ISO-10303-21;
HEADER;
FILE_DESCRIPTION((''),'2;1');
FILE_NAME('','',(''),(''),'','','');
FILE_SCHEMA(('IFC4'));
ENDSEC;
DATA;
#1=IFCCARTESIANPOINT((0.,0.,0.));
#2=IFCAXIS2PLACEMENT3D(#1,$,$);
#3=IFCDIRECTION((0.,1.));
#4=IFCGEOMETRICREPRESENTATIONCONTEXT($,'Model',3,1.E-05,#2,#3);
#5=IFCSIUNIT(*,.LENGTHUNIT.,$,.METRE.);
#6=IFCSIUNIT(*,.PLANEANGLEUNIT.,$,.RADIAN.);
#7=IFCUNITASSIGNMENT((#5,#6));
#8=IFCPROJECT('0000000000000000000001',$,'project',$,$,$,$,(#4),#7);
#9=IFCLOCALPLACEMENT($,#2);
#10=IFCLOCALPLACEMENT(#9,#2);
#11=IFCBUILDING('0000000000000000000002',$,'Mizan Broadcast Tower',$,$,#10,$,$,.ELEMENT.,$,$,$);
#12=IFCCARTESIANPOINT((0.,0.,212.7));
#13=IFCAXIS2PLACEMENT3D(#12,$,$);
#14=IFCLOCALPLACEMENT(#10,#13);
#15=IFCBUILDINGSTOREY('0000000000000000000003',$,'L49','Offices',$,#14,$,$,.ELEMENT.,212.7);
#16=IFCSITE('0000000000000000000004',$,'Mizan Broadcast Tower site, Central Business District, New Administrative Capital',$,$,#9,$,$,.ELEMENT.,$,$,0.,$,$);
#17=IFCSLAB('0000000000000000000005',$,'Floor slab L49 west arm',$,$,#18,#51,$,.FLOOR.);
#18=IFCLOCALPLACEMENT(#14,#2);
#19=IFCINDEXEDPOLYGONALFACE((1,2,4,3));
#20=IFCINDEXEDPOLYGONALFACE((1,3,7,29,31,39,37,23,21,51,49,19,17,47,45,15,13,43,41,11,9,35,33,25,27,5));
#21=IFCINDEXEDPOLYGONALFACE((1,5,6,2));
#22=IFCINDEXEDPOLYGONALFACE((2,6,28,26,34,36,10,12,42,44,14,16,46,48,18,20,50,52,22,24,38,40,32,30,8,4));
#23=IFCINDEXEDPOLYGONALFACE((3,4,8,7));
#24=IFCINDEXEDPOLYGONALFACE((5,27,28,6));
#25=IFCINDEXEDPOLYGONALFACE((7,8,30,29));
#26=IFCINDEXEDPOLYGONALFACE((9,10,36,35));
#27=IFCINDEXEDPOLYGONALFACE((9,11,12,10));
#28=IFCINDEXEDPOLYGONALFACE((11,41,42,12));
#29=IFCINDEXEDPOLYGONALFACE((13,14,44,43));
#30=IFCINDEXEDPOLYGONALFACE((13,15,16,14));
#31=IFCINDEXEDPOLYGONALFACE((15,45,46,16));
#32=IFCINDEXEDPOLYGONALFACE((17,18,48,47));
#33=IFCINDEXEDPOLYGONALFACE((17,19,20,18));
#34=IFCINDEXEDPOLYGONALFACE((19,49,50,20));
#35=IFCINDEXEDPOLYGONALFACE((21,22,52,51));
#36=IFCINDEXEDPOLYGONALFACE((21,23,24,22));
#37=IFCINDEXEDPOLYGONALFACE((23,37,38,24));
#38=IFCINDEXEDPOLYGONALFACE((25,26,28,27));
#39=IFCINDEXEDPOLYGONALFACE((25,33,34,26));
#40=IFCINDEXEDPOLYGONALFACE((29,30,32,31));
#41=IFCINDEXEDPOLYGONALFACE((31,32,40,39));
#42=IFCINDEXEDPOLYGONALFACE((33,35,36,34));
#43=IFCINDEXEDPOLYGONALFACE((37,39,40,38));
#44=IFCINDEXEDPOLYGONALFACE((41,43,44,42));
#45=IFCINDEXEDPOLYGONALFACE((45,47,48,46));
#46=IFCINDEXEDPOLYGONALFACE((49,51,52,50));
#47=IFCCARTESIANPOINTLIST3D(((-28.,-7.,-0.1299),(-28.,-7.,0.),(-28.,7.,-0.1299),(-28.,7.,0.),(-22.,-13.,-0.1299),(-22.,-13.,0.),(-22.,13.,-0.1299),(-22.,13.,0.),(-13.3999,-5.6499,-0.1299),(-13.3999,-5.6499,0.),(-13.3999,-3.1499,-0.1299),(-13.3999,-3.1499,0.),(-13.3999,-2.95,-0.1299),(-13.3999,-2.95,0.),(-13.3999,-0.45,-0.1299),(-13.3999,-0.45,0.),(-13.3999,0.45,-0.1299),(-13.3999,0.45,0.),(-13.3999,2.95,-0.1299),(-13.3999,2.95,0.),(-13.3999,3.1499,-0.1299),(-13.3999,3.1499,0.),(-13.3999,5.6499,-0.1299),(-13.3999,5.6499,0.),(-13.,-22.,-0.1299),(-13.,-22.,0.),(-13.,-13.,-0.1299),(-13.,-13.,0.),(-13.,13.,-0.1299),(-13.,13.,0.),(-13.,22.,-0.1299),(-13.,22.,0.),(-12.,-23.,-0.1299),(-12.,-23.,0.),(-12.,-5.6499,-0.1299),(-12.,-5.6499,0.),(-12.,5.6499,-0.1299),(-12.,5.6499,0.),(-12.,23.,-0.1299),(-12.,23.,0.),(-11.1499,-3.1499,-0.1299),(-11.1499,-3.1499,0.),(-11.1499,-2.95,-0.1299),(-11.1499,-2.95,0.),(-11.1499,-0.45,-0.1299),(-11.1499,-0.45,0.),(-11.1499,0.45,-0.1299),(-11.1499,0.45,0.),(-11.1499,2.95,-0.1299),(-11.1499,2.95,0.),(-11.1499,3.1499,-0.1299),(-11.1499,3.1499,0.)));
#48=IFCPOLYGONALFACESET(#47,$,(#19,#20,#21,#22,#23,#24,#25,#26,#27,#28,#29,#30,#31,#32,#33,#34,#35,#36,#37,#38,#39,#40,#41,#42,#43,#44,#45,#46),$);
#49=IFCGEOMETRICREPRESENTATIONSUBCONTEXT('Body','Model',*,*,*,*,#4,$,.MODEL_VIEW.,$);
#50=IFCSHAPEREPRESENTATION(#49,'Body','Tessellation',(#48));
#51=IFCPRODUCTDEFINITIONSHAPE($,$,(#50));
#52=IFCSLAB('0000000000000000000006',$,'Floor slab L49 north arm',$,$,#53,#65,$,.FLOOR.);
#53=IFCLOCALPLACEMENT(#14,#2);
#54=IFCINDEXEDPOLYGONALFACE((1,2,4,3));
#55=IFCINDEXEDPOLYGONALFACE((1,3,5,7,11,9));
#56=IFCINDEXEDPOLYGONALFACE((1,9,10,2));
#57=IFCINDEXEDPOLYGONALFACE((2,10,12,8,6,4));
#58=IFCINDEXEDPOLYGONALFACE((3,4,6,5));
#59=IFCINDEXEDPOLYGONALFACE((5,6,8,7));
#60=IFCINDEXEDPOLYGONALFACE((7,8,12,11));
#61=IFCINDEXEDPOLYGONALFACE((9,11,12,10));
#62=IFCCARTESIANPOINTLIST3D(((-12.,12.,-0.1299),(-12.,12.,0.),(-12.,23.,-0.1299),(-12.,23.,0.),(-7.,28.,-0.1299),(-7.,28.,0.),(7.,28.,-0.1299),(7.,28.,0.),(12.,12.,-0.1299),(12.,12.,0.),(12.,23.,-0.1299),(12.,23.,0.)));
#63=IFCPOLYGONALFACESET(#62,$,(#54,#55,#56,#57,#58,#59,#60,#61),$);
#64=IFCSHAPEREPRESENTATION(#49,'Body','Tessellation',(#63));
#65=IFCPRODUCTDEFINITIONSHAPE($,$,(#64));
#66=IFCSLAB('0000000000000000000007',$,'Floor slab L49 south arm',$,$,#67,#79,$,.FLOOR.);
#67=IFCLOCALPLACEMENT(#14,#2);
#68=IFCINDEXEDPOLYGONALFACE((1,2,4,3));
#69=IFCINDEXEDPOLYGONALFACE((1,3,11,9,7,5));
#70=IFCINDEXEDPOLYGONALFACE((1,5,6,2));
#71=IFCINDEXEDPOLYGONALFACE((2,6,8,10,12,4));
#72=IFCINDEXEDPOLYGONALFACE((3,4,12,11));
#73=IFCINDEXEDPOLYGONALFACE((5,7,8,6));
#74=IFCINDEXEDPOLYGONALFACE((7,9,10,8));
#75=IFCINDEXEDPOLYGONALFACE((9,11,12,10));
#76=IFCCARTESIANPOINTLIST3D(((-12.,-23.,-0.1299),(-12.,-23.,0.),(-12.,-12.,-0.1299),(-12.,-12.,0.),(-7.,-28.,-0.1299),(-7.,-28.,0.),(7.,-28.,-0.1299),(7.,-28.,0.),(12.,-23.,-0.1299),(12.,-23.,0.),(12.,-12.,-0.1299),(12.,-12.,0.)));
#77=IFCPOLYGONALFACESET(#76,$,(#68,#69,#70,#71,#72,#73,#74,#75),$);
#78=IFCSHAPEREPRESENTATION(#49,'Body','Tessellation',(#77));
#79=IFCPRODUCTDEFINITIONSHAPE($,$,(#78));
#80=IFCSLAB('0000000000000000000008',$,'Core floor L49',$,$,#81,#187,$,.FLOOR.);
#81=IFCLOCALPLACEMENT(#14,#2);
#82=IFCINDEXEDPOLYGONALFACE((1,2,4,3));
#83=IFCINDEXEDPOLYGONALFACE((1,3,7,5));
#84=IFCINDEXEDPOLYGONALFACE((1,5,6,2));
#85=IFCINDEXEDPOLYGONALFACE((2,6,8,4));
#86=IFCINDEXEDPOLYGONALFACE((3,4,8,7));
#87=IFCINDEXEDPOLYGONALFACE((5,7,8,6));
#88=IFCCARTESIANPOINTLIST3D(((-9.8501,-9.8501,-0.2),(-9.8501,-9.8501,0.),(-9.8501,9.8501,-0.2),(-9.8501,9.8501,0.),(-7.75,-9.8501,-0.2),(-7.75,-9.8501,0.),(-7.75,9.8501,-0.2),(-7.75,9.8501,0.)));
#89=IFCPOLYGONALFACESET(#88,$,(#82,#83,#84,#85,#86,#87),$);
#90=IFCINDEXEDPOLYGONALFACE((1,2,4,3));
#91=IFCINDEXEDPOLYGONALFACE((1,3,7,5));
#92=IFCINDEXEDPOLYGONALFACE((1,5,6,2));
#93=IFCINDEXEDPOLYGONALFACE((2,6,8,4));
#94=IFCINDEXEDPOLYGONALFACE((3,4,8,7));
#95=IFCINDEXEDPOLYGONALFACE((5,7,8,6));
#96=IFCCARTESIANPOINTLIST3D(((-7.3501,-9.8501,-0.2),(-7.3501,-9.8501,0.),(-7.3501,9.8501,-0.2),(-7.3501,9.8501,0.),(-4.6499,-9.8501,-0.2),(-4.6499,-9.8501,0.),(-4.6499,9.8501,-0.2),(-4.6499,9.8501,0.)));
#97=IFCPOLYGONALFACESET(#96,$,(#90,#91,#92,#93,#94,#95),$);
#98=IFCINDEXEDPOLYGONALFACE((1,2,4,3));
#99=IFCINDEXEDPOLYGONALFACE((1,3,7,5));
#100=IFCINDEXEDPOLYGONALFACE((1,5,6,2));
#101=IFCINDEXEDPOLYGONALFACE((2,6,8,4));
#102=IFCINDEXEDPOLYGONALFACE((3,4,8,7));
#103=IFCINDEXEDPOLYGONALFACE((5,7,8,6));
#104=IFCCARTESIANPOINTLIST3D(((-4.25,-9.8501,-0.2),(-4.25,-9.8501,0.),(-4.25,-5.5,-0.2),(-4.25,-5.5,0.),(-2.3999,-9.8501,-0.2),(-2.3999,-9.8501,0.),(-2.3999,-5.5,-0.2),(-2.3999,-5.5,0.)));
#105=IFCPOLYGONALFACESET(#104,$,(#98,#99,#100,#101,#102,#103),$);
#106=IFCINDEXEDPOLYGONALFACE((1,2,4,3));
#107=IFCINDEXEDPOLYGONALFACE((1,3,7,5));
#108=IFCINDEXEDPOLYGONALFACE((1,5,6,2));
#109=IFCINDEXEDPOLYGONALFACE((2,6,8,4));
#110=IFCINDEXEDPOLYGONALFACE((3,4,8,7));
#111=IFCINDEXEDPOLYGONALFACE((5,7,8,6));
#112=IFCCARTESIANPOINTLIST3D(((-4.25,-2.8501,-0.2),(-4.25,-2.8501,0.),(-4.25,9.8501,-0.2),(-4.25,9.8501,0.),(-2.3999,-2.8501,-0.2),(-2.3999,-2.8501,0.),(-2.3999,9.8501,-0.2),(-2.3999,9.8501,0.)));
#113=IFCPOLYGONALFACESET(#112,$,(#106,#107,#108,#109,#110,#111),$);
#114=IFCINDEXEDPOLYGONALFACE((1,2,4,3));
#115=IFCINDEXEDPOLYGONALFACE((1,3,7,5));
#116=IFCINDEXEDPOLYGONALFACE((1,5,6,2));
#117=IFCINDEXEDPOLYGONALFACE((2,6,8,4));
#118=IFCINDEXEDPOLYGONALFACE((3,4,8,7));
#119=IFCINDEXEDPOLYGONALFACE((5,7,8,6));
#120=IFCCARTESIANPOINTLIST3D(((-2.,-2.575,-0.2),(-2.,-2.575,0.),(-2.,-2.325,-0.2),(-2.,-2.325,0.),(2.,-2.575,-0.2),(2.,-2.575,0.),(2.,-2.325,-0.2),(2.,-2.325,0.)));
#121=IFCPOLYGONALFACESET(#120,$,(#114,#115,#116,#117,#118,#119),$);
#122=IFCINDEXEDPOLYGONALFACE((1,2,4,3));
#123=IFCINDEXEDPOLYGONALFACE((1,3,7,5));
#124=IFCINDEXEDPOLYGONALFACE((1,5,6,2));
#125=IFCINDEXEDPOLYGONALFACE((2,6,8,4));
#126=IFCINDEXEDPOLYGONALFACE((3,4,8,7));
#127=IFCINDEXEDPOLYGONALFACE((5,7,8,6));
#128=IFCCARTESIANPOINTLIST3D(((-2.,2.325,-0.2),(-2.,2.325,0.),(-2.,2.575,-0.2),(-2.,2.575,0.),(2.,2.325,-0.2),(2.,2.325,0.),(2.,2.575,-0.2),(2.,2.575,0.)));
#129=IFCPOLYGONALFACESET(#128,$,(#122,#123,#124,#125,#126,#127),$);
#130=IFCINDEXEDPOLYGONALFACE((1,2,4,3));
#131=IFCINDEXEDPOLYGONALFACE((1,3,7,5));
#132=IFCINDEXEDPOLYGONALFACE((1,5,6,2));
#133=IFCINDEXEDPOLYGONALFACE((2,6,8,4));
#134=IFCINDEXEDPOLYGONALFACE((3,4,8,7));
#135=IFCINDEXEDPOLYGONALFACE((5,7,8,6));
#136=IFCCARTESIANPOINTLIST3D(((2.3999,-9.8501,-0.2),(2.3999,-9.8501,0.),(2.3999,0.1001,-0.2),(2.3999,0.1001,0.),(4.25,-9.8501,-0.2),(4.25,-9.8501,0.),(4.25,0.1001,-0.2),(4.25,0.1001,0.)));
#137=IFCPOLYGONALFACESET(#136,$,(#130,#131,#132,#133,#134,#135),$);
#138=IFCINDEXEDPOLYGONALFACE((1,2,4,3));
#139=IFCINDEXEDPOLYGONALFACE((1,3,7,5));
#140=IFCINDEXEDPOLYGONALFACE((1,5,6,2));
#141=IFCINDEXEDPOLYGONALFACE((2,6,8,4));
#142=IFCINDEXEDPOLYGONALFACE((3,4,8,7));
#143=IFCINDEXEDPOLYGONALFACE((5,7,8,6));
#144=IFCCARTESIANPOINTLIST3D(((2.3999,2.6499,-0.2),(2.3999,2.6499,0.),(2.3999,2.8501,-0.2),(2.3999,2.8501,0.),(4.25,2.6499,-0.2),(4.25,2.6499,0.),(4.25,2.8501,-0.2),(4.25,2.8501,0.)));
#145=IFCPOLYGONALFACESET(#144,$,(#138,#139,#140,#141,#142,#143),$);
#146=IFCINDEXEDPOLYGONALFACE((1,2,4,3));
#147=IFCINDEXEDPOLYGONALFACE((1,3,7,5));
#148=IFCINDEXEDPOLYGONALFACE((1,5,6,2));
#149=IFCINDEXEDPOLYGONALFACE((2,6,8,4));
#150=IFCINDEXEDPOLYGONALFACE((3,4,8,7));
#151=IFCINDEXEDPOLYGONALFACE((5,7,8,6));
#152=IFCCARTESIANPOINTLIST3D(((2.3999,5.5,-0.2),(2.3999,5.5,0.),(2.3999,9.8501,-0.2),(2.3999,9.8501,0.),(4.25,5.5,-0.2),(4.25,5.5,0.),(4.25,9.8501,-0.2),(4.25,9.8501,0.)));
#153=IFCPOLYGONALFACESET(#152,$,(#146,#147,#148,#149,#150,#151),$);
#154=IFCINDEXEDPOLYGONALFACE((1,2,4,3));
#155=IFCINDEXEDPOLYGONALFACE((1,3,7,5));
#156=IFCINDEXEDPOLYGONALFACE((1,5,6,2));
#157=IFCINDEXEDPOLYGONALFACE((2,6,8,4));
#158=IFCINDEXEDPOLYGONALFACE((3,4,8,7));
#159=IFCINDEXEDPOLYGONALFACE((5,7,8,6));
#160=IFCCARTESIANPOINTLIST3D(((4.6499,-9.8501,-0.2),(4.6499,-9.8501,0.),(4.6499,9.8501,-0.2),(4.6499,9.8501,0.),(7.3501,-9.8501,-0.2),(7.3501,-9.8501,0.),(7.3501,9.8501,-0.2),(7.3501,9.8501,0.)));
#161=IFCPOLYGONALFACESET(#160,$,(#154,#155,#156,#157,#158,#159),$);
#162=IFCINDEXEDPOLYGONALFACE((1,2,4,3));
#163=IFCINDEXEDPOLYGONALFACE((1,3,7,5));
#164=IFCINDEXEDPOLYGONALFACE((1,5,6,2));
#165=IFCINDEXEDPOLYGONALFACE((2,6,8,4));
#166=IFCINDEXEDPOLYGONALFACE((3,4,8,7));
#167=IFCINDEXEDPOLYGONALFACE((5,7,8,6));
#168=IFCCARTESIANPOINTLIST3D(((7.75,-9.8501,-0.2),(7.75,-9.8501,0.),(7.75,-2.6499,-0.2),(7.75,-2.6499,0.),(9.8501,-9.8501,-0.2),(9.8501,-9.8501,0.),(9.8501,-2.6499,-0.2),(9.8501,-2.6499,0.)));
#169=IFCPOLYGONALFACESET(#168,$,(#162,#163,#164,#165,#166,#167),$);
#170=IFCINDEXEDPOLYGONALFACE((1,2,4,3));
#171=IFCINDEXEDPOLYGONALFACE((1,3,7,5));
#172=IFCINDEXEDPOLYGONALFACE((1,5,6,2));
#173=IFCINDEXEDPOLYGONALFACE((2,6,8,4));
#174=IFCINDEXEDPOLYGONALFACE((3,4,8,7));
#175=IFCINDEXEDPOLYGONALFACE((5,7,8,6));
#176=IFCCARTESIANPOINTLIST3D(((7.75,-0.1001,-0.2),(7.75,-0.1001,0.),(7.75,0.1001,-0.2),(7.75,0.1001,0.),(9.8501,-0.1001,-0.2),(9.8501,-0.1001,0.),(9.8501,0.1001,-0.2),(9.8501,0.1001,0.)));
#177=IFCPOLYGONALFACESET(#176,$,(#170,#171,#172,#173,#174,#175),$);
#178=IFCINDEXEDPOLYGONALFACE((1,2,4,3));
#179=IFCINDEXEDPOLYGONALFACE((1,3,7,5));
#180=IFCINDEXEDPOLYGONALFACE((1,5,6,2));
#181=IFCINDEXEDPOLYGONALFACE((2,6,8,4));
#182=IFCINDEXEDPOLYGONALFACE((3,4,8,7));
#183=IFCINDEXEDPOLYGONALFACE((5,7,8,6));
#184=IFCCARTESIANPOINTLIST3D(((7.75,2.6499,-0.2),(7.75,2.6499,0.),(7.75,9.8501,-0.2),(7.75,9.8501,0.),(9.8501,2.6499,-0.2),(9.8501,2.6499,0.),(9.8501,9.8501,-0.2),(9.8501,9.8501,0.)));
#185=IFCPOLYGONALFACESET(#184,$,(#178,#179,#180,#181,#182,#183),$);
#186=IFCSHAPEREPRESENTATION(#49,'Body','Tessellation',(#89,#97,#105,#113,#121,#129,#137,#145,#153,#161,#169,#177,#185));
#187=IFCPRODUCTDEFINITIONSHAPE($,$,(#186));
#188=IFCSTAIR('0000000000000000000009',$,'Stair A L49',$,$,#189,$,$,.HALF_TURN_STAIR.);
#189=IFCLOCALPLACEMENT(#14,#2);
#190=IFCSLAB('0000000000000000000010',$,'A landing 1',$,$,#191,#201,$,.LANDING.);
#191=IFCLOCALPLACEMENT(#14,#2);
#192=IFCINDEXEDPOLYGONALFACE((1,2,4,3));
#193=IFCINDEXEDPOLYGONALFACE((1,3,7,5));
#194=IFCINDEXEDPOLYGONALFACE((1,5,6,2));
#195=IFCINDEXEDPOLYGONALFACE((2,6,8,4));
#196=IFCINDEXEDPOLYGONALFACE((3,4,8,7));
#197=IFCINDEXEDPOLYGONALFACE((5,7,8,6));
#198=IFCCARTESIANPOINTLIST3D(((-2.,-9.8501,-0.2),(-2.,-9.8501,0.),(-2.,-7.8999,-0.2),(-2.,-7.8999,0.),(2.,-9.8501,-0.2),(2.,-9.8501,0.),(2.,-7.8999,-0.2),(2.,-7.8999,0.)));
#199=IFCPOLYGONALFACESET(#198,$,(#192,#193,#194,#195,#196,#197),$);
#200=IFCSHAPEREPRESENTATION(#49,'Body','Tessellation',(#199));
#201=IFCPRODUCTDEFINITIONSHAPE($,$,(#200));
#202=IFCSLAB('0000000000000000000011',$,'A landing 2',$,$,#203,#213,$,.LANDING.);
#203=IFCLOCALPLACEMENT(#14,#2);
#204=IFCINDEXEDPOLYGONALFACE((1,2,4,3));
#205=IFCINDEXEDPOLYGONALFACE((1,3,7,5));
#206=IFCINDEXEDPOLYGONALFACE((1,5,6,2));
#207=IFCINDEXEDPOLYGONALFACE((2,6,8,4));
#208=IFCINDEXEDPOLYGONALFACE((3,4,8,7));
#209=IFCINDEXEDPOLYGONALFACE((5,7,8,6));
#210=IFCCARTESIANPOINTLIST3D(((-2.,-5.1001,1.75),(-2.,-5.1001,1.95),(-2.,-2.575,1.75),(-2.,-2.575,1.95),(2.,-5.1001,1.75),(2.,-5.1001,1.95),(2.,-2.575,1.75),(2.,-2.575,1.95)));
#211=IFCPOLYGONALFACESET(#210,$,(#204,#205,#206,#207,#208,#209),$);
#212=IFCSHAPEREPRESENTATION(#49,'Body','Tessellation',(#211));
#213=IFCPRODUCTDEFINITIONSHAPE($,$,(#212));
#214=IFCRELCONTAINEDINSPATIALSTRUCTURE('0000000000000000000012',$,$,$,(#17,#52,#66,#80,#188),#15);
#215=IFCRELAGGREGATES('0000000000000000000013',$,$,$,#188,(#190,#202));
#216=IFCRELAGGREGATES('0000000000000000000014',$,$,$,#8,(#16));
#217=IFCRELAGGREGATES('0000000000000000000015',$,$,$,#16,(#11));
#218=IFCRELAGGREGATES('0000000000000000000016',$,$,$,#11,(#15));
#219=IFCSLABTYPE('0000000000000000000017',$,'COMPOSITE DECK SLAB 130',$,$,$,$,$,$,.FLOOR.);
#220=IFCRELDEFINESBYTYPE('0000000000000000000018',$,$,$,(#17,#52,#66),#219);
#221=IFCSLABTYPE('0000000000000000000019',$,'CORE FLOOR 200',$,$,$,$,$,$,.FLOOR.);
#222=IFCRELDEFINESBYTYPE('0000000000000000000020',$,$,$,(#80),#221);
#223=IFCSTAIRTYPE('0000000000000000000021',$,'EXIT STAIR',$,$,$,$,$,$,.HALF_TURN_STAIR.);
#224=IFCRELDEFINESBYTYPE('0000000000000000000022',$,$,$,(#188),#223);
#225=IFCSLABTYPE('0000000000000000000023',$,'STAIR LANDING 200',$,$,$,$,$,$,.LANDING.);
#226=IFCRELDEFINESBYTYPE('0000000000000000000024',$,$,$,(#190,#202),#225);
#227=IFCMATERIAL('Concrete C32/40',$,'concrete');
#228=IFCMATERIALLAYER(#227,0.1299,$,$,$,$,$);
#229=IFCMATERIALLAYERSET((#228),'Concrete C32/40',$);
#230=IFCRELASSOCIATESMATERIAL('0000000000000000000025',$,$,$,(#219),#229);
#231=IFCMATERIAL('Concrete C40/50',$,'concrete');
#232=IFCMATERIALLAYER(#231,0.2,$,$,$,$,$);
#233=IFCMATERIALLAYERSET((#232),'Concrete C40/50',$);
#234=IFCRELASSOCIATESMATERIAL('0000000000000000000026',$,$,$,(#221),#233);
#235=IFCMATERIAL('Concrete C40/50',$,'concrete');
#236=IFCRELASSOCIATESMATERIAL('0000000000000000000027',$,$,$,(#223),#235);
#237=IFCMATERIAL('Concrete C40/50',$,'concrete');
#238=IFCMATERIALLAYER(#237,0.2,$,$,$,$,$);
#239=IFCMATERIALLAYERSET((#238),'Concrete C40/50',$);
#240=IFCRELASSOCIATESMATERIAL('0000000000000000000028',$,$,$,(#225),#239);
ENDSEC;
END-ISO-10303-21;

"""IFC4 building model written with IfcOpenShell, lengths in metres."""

from ifc_helpers import new_model, si_unit, direction, frame, origin, place, context, subcontext, project, spatial, polyline, outline, extrude, material, layer, layer_set, type_object, element, aggregate, save


model = new_model("IFC4")

# Units and contexts
model_context = context("Model", 3, precision=1e-05, world=origin(), true_north=direction((0.0, 1.0)))
body_context = subcontext(model_context, "Body", "Model", "MODEL_VIEW")
ifc_project = project(units=[si_unit("LENGTHUNIT", "METRE"), si_unit("PLANEANGLEUNIT", "RADIAN")], contexts=[model_context])

# Site, building, storey
site_placement = place(None, origin())
site = spatial("IfcSite", under=ifc_project, at=site_placement, Name="Mizan Broadcast Tower site, Central Business District, New Administrative Capital", CompositionType="ELEMENT", RefElevation=0.0)
building_placement = place(site_placement, origin())
building = spatial("IfcBuilding", under=site, at=building_placement, Name="Mizan Broadcast Tower", CompositionType="ELEMENT")
storey_placement = place(building_placement, frame((0.0, 0.0, 212.7)))
storey = spatial("IfcBuildingStorey", under=building, at=storey_placement, Name="L49", Description="Offices", CompositionType="ELEMENT", Elevation=212.7)

# Slabs
ifc_material_1 = material(Name="Concrete C32/40", Category="concrete")
ifc_layer_1 = layer(ifc_material_1, 0.1299)
ifc_layer_set_1 = layer_set([ifc_layer_1], Name="Concrete C32/40")
slab_type_1 = type_object("IfcSlabType", Name="COMPOSITE DECK SLAB 130", PredefinedType="FLOOR", material=ifc_layer_set_1)
slab_1_placement = place(storey_placement, frame((0.0, 0.0, -0.1299)))
element("IfcSlab", 1, at=slab_1_placement, inside=storey, type_object=slab_type_1, Name="Floor slab L49 west arm", PredefinedType="FLOOR", context=body_context, shape_type="SweptSolid", body=[
    extrude(outline(polyline([(-22.0, 13.0), (-28.0, 7.0), (-28.0, -7.0), (-22.0, -13.0), (-13.0, -13.0), (-13.0, -22.0), (-12.0, -23.0), (-12.0, -5.6499), (-13.3999, -5.6499), (-13.3999, -3.1499), (-11.1499, -3.1499), (-11.1499, -2.95), (-13.3999, -2.95), (-13.3999, -0.45), (-11.1499, -0.45), (-11.1499, 0.45), (-13.3999, 0.45), (-13.3999, 2.95), (-11.1499, 2.95), (-11.1499, 3.1499), (-13.3999, 3.1499), (-13.3999, 5.6499), (-12.0, 5.6499), (-12.0, 23.0), (-13.0, 22.0), (-13.0, 13.0), (-22.0, 13.0)])), origin(), (0.0, 0.0, 1.0), 0.1299),
])
slab_2_placement = place(storey_placement, frame((0.0, 0.0, -0.1299)))
element("IfcSlab", 2, at=slab_2_placement, inside=storey, type_object=slab_type_1, Name="Floor slab L49 north arm", PredefinedType="FLOOR", context=body_context, shape_type="SweptSolid", body=[
    extrude(outline(polyline([(-7.0, 28.0), (-12.0, 23.0), (-12.0, 12.0), (12.0, 12.0), (12.0, 23.0), (7.0, 28.0), (-7.0, 28.0)])), origin(), (0.0, 0.0, 1.0), 0.1299),
])
slab_3_placement = place(storey_placement, frame((0.0, 0.0, -0.1299)))
element("IfcSlab", 3, at=slab_3_placement, inside=storey, type_object=slab_type_1, Name="Floor slab L49 south arm", PredefinedType="FLOOR", context=body_context, shape_type="SweptSolid", body=[
    extrude(outline(polyline([(7.0, -28.0), (12.0, -23.0), (12.0, -12.0), (-12.0, -12.0), (-12.0, -23.0), (-7.0, -28.0), (7.0, -28.0)])), origin(), (0.0, 0.0, 1.0), 0.1299),
])
ifc_material_2 = material(Name="Concrete C40/50", Category="concrete")
ifc_layer_2 = layer(ifc_material_2, 0.2)
ifc_layer_set_2 = layer_set([ifc_layer_2], Name="Concrete C40/50")
slab_type_2 = type_object("IfcSlabType", Name="CORE FLOOR 200", PredefinedType="FLOOR", material=ifc_layer_set_2)
slab_4_placement = place(storey_placement, frame((0.0, 0.0, -0.2)))
element("IfcSlab", 4, at=slab_4_placement, inside=storey, type_object=slab_type_2, Name="Core floor L49", PredefinedType="FLOOR", context=body_context, shape_type="SweptSolid", body=[
    extrude(outline(polyline([(-9.8501, -9.8501), (-7.75, -9.8501), (-7.75, 9.8501), (-9.8501, 9.8501), (-9.8501, -9.8501)])), origin(), (0.0, 0.0, 1.0), 0.2),
    extrude(outline(polyline([(-4.6499, 9.8501), (-7.3501, 9.8501), (-7.3501, -9.8501), (-4.6499, -9.8501), (-4.6499, 9.8501)])), origin(), (0.0, 0.0, 1.0), 0.2),
    extrude(outline(polyline([(-4.25, -5.5), (-4.25, -9.8501), (-2.3999, -9.8501), (-2.3999, -5.5), (-4.25, -5.5)])), origin(), (0.0, 0.0, 1.0), 0.2),
    extrude(outline(polyline([(-4.25, -2.8501), (-2.3999, -2.8501), (-2.3999, 9.8501), (-4.25, 9.8501), (-4.25, -2.8501)])), origin(), (0.0, 0.0, 1.0), 0.2),
    extrude(outline(polyline([(2.0, -2.325), (-2.0, -2.325), (-2.0, -2.575), (2.0, -2.575), (2.0, -2.325)])), origin(), (0.0, 0.0, 1.0), 0.2),
    extrude(outline(polyline([(2.0, 2.575), (-2.0, 2.575), (-2.0, 2.325), (2.0, 2.325), (2.0, 2.575)])), origin(), (0.0, 0.0, 1.0), 0.2),
    extrude(outline(polyline([(4.25, -9.8501), (4.25, 0.1001), (2.3999, 0.1001), (2.3999, -9.8501), (4.25, -9.8501)])), origin(), (0.0, 0.0, 1.0), 0.2),
    extrude(outline(polyline([(4.25, 2.6499), (4.25, 2.8501), (2.3999, 2.8501), (2.3999, 2.6499), (4.25, 2.6499)])), origin(), (0.0, 0.0, 1.0), 0.2),
    extrude(outline(polyline([(4.25, 5.5), (4.25, 9.8501), (2.3999, 9.8501), (2.3999, 5.5), (4.25, 5.5)])), origin(), (0.0, 0.0, 1.0), 0.2),
    extrude(outline(polyline([(4.6499, 9.8501), (4.6499, -9.8501), (7.3501, -9.8501), (7.3501, 9.8501), (4.6499, 9.8501)])), origin(), (0.0, 0.0, 1.0), 0.2),
    extrude(outline(polyline([(9.8501, -9.8501), (9.8501, -2.6499), (7.75, -2.6499), (7.75, -9.8501), (9.8501, -9.8501)])), origin(), (0.0, 0.0, 1.0), 0.2),
    extrude(outline(polyline([(9.8501, -0.1001), (9.8501, 0.1001), (7.75, 0.1001), (7.75, -0.1001), (9.8501, -0.1001)])), origin(), (0.0, 0.0, 1.0), 0.2),
    extrude(outline(polyline([(7.75, 9.8501), (7.75, 2.6499), (9.8501, 2.6499), (9.8501, 9.8501), (7.75, 9.8501)])), origin(), (0.0, 0.0, 1.0), 0.2),
])

# Stair, slabs
ifc_material_3 = material(Name="Concrete C40/50", Category="concrete")
stair_type = type_object("IfcStairType", Name="EXIT STAIR", PredefinedType="HALF_TURN_STAIR", material=ifc_material_3)
stair_1_placement = place(storey_placement, origin())
stair_1 = element("IfcStair", 5, at=stair_1_placement, inside=storey, type_object=stair_type, Name="Stair A L49", PredefinedType="HALF_TURN_STAIR")
ifc_material_4 = material(Name="Concrete C40/50", Category="concrete")
ifc_layer_3 = layer(ifc_material_4, 0.2)
ifc_layer_set_3 = layer_set([ifc_layer_3], Name="Concrete C40/50")
slab_type_3 = type_object("IfcSlabType", Name="STAIR LANDING 200", PredefinedType="LANDING", material=ifc_layer_set_3)
slab_5_placement = place(storey_placement, frame((0.0, 0.0, -0.2)))
slab_5 = element("IfcSlab", 6, at=slab_5_placement, type_object=slab_type_3, Name="A landing 1", PredefinedType="LANDING", context=body_context, shape_type="SweptSolid", body=[
    extrude(outline(polyline([(-2.0, -9.8501), (-2.0, -7.8999), (2.0, -7.8999), (2.0, -9.8501), (-2.0, -9.8501)])), origin(), (0.0, 0.0, 1.0), 0.2),
])
slab_6_placement = place(storey_placement, frame((0.0, 0.0, 1.75)))
slab_6 = element("IfcSlab", 7, at=slab_6_placement, type_object=slab_type_3, Name="A landing 2", PredefinedType="LANDING", context=body_context, shape_type="SweptSolid", body=[
    extrude(outline(polyline([(-2.0, -5.1001), (-2.0, -2.575), (2.0, -2.575), (2.0, -5.1001), (-2.0, -5.1001)])), origin(), (0.0, 0.0, 1.0), 0.2),
])

aggregate(stair_1, [slab_5, slab_6])

save(model, "model.ifc")
